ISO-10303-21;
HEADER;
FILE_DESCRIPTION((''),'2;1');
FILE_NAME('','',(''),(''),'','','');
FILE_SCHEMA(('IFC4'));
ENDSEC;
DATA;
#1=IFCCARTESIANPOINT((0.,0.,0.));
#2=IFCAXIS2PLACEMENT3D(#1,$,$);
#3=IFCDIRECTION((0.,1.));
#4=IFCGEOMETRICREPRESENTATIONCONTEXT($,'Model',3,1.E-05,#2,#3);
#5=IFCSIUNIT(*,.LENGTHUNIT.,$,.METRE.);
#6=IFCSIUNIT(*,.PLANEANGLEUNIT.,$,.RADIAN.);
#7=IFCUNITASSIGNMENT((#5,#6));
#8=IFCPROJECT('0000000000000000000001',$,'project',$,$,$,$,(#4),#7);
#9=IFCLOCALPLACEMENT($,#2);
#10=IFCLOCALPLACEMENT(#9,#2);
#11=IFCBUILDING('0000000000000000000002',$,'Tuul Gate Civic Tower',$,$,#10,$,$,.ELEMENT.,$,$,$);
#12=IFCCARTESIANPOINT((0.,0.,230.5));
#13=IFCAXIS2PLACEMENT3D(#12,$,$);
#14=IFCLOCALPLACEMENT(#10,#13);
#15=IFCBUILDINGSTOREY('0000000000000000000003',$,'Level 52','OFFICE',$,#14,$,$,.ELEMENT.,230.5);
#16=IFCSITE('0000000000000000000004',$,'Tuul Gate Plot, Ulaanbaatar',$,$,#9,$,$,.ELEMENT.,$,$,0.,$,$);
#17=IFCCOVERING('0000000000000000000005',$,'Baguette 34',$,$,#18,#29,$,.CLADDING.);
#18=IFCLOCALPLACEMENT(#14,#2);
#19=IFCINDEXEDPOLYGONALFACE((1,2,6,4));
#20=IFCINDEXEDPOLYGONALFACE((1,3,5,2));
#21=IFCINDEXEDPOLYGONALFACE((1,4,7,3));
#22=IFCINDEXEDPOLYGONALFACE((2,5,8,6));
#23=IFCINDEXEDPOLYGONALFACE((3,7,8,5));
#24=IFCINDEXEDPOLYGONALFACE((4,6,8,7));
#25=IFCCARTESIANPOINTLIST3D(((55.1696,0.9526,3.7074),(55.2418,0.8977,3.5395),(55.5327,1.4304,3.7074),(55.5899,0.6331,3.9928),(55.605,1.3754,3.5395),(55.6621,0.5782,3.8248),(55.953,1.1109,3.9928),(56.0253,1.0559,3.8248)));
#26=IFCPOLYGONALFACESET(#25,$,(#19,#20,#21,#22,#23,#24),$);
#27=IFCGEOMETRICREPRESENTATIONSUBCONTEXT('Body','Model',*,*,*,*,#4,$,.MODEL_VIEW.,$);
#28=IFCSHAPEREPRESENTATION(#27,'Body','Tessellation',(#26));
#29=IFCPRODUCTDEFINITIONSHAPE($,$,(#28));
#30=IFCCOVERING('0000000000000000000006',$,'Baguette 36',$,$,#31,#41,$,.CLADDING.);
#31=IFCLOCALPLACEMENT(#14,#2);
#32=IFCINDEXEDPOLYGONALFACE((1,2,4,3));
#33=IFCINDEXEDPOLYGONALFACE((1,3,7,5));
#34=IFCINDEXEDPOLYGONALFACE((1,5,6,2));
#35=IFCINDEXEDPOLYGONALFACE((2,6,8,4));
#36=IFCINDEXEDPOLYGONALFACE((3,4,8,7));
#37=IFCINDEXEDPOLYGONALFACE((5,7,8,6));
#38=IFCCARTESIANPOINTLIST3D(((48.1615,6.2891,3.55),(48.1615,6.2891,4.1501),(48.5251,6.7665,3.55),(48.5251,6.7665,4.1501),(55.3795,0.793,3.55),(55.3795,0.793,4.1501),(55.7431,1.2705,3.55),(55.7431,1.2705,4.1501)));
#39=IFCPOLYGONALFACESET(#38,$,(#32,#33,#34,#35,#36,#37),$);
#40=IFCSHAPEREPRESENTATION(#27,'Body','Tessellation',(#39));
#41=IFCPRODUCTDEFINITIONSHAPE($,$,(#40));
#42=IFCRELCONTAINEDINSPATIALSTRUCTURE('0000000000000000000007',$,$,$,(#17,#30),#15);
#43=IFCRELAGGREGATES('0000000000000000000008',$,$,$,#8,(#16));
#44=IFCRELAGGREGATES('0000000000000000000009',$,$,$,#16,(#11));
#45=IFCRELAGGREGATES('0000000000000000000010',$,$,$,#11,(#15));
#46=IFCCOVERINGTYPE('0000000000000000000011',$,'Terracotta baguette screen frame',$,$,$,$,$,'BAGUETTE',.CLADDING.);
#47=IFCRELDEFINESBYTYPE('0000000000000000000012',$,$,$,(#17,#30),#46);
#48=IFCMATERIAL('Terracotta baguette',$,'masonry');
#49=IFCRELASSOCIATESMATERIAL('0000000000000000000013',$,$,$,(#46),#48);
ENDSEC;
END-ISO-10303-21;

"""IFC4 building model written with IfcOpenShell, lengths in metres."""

from ifc_helpers import new_model, si_unit, direction, frame, origin, origin_2d, place, context, subcontext, project, spatial, rectangle, extrude, material, material_profile, profile_set, type_object, element, save


model = new_model("IFC4")

# Units and contexts
model_context = context("Model", 3, precision=1e-05, world=origin(), true_north=direction((0.0, 1.0)))
body_context = subcontext(model_context, "Body", "Model", "MODEL_VIEW")
ifc_project = project(units=[si_unit("LENGTHUNIT", "METRE"), si_unit("PLANEANGLEUNIT", "RADIAN")], contexts=[model_context])

# Site, building, storey
site_placement = place(None, origin())
site = spatial("IfcSite", under=ifc_project, at=site_placement, Name="Tuul Gate Plot, Ulaanbaatar", CompositionType="ELEMENT", RefElevation=0.0)
building_placement = place(site_placement, origin())
building = spatial("IfcBuilding", under=site, at=building_placement, Name="Tuul Gate Civic Tower", CompositionType="ELEMENT")
storey_placement = place(building_placement, frame((0.0, 0.0, 230.5)))
storey = spatial("IfcBuildingStorey", under=building, at=storey_placement, Name="Level 52", Description="OFFICE", CompositionType="ELEMENT", Elevation=230.5)

# Coverings
ifc_material_1 = material(Name="Terracotta baguette", Category="masonry")
ifc_material_profile_1 = material_profile(ifc_material_1, rectangle(XDim=0.6001, YDim=0.6001, at=origin_2d()), Name="Terracotta baguette screen frame")
ifc_profile_set_1 = profile_set([ifc_material_profile_1], Name="Terracotta baguette")
covering_type = type_object("IfcCoveringType", Name="Terracotta baguette screen frame", ElementType="BAGUETTE", PredefinedType="CLADDING", material=ifc_profile_set_1)
covering_1_placement = place(storey_placement, frame((55.5613, 1.0317, 3.8501), z_axis=(0.378498, -0.287709, -0.879752), x_axis=(0.605151, 0.79611, 0.0)))
element("IfcCovering", 1, at=covering_1_placement, inside=storey, type_object=covering_type, Name="Baguette 34", PredefinedType="CLADDING", context=body_context, shape_type="SweptSolid", body=[
    extrude(rectangle(XDim=0.6001, YDim=0.6001, at=origin_2d()), origin(), (0.0, 0.0, 1.0), 0.1909),
])
covering_2_placement = place(storey_placement, frame((55.5613, 1.0317, 3.8501), z_axis=(-0.79561, 0.60581, 0.0), x_axis=(-0.60581, -0.79561, 0.0)))
element("IfcCovering", 2, at=covering_2_placement, inside=storey, type_object=covering_type, Name="Baguette 36", PredefinedType="CLADDING", context=body_context, shape_type="SweptSolid", body=[
    extrude(rectangle(XDim=0.6001, YDim=0.6001, at=origin_2d()), origin(), (0.0, 0.0, 1.0), 9.0723),
])

save(model, "model.ifc")
